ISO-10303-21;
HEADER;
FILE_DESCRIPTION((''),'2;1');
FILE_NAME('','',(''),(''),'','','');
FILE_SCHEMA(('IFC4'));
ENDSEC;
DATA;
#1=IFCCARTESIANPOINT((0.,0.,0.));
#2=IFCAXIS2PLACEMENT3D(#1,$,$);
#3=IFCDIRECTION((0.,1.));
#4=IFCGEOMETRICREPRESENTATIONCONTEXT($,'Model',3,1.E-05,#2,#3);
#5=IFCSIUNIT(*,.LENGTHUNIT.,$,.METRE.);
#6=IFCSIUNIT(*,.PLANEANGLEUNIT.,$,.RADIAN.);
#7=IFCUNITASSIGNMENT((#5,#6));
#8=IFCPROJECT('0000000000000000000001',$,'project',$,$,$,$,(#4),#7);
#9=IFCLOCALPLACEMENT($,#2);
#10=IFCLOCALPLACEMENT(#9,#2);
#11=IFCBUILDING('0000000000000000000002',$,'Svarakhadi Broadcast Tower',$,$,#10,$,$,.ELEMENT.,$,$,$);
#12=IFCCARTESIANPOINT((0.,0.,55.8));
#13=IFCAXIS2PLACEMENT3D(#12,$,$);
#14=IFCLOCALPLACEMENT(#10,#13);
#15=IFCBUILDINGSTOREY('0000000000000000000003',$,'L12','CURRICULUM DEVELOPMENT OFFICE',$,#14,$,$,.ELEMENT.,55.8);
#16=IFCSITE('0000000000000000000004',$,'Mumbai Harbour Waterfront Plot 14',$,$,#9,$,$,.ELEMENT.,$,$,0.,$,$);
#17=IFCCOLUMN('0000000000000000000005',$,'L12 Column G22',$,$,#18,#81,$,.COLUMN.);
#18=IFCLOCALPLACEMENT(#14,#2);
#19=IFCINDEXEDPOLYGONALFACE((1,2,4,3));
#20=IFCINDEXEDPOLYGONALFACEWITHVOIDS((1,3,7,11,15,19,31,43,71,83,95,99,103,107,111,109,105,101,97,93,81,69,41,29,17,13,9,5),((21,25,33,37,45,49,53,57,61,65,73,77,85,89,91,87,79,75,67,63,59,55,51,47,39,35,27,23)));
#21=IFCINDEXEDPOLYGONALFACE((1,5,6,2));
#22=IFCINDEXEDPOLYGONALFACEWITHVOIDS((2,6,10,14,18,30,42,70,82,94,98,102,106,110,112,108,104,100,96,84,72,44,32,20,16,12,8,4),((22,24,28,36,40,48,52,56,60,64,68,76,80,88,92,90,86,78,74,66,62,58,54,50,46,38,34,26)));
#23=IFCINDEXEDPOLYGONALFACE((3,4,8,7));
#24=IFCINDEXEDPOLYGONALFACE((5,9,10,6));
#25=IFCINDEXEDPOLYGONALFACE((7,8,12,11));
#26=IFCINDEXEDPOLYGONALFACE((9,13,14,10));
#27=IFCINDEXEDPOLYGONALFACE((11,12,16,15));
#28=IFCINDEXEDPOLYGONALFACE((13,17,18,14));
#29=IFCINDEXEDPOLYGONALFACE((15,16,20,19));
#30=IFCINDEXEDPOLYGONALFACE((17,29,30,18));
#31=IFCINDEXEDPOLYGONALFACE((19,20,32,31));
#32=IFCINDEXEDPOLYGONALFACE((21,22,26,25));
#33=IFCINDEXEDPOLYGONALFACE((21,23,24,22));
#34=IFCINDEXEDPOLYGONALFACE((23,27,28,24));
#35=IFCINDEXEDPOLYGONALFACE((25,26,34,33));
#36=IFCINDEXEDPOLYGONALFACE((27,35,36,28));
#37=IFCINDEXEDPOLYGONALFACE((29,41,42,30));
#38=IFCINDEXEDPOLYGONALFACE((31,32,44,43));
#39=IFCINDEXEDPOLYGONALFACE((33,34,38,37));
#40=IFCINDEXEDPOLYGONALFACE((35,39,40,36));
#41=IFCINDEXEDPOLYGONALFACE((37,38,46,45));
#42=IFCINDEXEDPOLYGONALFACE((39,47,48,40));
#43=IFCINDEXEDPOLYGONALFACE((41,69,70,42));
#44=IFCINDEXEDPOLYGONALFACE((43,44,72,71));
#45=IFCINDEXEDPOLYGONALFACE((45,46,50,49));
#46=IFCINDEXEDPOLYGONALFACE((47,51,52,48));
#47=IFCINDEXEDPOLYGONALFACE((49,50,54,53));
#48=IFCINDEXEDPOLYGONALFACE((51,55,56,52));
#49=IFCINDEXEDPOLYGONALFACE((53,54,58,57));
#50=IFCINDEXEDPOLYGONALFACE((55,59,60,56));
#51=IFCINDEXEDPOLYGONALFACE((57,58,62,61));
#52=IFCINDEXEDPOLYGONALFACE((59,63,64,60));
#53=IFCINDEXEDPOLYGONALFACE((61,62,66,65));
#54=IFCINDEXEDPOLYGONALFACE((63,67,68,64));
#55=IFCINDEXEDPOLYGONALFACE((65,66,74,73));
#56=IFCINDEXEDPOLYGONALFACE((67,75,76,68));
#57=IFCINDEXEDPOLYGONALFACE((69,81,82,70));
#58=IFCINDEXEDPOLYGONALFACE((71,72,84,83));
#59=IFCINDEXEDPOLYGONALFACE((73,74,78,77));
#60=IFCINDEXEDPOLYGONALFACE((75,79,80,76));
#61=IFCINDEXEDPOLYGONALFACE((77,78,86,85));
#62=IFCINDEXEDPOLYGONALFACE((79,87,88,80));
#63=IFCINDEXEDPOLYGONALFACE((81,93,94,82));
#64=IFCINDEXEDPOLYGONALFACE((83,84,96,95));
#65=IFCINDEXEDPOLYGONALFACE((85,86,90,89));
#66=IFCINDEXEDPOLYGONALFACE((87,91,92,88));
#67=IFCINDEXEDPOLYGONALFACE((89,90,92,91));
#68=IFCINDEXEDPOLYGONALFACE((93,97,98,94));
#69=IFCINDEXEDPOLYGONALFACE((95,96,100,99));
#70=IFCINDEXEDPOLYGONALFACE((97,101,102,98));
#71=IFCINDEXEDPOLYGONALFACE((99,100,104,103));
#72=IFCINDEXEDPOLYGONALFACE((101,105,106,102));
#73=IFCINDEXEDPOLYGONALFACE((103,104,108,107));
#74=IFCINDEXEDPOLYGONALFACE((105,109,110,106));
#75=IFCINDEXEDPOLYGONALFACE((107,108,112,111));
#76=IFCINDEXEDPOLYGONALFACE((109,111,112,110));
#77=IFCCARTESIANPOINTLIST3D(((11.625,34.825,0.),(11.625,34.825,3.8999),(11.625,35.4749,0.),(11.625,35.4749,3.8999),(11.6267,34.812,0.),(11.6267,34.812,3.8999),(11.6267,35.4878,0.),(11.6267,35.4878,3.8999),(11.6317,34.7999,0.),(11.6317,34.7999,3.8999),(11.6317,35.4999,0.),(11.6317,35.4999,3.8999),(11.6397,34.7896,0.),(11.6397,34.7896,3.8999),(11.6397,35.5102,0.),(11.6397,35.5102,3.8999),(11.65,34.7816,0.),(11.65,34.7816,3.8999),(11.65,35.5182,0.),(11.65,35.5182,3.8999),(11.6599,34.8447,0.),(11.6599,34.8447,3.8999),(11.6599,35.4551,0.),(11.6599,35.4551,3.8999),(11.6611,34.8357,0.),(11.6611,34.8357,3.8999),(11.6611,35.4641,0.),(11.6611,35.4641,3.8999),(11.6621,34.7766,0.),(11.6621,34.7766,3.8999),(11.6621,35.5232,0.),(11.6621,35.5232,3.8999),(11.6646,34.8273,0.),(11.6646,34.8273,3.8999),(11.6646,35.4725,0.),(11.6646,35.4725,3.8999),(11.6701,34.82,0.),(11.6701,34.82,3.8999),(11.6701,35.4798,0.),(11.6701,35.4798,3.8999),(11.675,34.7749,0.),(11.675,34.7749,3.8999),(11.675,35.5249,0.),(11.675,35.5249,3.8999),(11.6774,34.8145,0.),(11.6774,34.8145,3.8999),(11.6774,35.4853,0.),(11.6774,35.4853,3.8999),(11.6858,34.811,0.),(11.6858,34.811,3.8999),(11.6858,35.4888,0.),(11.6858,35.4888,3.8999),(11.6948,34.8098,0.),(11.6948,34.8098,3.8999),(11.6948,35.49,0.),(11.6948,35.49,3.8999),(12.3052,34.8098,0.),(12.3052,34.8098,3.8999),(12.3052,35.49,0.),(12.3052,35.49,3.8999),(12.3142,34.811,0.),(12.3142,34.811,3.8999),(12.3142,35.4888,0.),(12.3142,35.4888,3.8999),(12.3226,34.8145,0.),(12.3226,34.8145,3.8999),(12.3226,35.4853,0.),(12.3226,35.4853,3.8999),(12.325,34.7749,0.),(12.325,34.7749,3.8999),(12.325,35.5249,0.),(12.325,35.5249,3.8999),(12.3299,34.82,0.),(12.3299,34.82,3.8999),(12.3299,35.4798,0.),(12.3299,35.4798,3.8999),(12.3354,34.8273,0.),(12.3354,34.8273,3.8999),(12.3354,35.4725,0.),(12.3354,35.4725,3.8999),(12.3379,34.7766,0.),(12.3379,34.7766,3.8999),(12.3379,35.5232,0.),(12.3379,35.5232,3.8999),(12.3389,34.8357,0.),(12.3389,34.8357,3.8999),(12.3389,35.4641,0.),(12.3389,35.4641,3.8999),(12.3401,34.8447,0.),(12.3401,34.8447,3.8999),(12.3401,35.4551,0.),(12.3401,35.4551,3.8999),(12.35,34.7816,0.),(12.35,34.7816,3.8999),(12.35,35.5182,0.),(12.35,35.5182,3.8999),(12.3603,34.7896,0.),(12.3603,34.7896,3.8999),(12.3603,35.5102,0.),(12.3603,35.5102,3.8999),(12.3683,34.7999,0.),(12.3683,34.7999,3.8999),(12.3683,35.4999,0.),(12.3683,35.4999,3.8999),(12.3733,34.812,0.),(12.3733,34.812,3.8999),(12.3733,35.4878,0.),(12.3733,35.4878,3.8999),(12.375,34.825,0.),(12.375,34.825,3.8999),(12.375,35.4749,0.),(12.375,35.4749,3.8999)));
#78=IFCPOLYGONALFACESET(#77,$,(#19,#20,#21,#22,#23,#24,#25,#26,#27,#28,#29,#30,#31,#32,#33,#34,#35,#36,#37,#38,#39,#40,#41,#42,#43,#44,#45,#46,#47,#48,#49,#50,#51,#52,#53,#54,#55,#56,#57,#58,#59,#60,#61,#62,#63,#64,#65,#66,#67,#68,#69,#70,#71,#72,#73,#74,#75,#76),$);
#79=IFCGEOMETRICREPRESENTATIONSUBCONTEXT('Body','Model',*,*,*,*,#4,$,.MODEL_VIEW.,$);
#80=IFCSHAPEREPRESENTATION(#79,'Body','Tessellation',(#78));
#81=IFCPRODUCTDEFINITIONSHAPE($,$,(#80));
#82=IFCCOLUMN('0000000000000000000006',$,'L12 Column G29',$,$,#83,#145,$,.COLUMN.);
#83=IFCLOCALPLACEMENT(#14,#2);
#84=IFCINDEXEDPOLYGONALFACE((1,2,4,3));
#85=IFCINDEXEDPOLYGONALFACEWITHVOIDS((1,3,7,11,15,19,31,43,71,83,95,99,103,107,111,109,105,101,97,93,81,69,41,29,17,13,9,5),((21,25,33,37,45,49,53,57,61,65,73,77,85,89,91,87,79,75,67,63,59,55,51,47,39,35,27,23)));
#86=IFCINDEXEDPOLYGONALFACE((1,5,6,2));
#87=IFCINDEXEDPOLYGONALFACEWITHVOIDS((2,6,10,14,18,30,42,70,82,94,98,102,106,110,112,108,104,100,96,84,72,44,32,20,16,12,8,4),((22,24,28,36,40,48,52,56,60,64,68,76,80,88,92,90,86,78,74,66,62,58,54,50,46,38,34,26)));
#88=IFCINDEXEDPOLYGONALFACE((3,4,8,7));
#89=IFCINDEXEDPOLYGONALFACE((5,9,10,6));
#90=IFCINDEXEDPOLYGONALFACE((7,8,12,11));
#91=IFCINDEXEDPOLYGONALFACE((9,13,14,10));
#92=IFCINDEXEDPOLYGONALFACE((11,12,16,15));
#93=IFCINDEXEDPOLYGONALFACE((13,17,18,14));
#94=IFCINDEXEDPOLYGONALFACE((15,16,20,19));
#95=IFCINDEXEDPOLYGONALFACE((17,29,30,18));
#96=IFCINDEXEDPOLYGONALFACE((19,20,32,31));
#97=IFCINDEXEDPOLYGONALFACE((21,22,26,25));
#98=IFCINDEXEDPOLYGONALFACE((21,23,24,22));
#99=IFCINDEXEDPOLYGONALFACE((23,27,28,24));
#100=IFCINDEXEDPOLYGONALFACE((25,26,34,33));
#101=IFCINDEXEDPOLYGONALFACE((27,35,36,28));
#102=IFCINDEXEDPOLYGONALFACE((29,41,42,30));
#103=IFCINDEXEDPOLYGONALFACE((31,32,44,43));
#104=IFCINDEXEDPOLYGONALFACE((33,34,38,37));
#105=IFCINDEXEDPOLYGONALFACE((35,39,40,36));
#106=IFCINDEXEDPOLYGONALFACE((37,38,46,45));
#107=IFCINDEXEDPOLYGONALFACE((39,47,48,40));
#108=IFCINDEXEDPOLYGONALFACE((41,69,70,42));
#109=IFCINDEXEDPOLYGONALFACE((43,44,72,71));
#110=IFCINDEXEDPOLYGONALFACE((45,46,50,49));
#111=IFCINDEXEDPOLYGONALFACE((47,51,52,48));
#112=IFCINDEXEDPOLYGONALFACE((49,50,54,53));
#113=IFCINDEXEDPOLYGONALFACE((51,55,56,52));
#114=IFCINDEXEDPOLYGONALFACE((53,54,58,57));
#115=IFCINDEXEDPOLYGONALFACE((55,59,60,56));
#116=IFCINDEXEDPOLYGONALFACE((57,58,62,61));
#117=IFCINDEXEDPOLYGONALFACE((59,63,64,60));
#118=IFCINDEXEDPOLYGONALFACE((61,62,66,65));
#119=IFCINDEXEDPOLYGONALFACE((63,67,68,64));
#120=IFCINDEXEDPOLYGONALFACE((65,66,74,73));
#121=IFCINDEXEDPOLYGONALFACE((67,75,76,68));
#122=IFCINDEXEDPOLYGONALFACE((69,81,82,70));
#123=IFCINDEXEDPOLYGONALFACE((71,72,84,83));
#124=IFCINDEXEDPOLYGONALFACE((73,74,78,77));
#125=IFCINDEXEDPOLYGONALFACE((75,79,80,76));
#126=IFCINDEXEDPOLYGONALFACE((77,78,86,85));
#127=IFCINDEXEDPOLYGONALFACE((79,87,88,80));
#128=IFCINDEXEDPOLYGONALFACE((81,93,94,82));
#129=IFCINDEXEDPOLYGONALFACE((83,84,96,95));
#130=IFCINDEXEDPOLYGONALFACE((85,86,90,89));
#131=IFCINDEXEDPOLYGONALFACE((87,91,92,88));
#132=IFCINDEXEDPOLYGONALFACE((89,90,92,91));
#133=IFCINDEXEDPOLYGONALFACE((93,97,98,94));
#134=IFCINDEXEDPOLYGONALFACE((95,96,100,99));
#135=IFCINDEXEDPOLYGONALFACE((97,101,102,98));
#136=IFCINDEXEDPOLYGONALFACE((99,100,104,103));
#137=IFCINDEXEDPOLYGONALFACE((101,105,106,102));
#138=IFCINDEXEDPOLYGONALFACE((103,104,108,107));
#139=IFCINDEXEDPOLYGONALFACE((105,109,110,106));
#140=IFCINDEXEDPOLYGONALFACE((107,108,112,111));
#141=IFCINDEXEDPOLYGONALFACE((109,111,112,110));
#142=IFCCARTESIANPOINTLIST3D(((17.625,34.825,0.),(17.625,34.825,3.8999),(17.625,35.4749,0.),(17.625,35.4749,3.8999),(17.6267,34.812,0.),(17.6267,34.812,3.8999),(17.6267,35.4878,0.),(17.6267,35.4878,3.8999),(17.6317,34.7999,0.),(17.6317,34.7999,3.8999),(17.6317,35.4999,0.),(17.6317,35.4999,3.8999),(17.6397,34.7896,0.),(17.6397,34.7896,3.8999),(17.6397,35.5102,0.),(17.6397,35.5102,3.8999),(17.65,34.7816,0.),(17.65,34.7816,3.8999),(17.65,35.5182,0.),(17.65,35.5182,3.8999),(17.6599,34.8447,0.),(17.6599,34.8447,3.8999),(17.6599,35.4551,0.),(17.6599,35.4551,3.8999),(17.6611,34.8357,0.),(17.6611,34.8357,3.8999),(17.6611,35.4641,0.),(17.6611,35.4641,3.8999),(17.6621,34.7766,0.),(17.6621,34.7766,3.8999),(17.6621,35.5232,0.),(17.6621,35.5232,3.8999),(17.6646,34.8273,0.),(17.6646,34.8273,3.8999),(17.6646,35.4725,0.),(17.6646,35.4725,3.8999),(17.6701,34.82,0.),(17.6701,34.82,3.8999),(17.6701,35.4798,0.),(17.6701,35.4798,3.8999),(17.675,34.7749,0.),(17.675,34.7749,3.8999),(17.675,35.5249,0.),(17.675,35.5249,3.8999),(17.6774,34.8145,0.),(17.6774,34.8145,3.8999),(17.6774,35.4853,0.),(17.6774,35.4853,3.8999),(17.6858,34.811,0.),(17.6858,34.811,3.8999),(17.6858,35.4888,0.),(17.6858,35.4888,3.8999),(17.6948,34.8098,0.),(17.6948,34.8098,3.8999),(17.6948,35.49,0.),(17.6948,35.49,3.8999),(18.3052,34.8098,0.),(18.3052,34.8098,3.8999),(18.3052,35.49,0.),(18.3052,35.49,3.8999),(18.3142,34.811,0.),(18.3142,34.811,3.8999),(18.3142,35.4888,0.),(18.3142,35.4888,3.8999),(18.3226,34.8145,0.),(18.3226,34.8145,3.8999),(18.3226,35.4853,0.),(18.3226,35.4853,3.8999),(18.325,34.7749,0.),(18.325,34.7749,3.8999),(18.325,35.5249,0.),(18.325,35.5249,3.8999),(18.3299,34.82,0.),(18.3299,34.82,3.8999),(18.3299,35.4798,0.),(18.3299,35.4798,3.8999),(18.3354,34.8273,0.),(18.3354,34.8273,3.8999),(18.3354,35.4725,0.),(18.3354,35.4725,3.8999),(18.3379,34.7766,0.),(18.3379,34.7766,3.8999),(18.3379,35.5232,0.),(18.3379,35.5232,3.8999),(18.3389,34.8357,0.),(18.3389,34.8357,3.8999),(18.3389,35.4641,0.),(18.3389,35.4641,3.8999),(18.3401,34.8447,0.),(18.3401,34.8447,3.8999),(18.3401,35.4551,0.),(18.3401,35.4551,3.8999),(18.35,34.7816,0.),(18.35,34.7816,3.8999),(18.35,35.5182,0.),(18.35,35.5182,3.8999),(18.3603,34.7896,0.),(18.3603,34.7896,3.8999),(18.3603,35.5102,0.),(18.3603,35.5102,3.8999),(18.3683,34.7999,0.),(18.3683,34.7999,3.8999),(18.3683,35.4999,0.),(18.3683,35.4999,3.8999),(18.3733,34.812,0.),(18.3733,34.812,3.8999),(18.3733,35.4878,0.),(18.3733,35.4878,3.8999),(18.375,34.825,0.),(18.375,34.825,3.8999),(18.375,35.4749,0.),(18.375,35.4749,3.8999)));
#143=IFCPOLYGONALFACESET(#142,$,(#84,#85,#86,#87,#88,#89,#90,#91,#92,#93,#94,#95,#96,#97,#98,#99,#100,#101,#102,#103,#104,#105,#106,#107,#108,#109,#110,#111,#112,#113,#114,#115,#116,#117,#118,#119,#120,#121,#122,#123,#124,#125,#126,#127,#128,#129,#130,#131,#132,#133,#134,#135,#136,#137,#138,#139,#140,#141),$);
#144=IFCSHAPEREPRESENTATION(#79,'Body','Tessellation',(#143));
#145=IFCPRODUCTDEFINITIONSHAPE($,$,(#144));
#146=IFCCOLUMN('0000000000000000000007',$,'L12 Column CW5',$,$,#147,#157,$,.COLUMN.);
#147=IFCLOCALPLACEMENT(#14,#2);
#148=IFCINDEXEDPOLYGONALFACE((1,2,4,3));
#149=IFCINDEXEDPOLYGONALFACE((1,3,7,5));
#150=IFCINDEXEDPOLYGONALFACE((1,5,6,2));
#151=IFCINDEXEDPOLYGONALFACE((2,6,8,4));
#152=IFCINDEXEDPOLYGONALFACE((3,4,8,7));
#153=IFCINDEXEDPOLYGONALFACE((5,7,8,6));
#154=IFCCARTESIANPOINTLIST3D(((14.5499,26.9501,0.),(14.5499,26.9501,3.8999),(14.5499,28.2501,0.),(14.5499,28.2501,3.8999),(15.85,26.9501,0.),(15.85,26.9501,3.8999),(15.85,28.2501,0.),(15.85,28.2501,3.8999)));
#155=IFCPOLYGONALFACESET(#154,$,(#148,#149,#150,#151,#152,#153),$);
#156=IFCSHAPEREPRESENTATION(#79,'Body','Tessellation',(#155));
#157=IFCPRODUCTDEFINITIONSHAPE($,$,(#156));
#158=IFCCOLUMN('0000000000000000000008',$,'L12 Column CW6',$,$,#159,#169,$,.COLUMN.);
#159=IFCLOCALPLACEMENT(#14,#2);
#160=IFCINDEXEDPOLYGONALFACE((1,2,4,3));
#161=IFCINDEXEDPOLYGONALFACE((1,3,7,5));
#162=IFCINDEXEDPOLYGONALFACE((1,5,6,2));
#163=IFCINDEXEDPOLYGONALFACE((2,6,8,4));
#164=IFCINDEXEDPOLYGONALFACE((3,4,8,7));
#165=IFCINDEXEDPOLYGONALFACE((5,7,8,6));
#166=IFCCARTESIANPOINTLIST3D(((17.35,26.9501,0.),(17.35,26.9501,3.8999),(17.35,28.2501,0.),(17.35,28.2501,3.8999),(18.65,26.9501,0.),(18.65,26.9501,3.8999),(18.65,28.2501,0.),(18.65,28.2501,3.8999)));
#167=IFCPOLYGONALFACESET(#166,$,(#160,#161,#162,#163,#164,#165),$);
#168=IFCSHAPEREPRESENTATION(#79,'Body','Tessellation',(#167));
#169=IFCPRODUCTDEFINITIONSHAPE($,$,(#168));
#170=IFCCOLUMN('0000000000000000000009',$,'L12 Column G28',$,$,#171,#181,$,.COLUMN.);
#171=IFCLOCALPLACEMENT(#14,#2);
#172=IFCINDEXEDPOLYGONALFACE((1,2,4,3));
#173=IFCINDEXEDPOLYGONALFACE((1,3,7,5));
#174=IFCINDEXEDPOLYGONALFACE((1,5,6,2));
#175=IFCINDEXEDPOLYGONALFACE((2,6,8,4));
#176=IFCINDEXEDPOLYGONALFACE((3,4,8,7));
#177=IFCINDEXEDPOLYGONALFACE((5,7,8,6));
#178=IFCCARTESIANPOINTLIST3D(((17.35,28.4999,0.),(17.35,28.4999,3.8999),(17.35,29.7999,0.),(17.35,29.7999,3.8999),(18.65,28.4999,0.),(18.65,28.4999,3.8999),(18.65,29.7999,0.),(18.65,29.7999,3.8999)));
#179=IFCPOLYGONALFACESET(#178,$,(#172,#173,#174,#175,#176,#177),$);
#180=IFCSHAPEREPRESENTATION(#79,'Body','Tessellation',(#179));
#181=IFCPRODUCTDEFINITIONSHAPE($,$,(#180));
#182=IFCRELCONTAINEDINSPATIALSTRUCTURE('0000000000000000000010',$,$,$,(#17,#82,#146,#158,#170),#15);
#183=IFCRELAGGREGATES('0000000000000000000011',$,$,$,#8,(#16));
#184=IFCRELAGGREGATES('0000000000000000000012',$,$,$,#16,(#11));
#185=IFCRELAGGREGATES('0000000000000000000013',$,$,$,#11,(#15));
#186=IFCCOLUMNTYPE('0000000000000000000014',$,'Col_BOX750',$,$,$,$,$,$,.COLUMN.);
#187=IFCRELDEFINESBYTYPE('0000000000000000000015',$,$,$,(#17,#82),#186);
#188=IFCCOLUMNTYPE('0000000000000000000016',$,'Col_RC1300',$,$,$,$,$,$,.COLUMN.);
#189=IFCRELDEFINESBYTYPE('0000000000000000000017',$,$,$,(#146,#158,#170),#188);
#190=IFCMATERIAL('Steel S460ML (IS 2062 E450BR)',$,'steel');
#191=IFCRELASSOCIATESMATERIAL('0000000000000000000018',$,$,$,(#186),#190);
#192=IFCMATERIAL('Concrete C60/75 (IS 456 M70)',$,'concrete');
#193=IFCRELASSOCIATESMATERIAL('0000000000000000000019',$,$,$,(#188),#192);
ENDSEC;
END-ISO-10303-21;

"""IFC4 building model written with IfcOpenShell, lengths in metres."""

from ifc_helpers import new_model, si_unit, direction, frame, origin, origin_2d, place, context, subcontext, project, spatial, rectangle, hollow_rectangle, extrude, material, material_profile, profile_set, type_object, element, save


model = new_model("IFC4")

# Units and contexts
model_context = context("Model", 3, precision=1e-05, world=origin(), true_north=direction((0.0, 1.0)))
body_context = subcontext(model_context, "Body", "Model", "MODEL_VIEW")
ifc_project = project(units=[si_unit("LENGTHUNIT", "METRE"), si_unit("PLANEANGLEUNIT", "RADIAN")], contexts=[model_context])

# Site, building, storey
site_placement = place(None, origin())
site = spatial("IfcSite", under=ifc_project, at=site_placement, Name="Mumbai Harbour Waterfront Plot 14", CompositionType="ELEMENT", RefElevation=0.0)
building_placement = place(site_placement, origin())
building = spatial("IfcBuilding", under=site, at=building_placement, Name="Svarakhadi Broadcast Tower", CompositionType="ELEMENT")
storey_placement = place(building_placement, frame((0.0, 0.0, 55.8)))
storey = spatial("IfcBuildingStorey", under=building, at=storey_placement, Name="L12", Description="CURRICULUM DEVELOPMENT OFFICE", CompositionType="ELEMENT", Elevation=55.8)

# Columns
ifc_material_1 = material(Name="Steel S460ML (IS 2062 E450BR)", Category="steel")
ifc_material_profile_1 = material_profile(ifc_material_1, hollow_rectangle(XDim=0.75, YDim=0.75, WallThickness=0.0349, InnerFilletRadius=0.0349, OuterFilletRadius=0.05, at=origin_2d()), Name="BOX 750x750x35")
ifc_profile_set_1 = profile_set([ifc_material_profile_1], Name="Steel S460ML (IS 2062 E450BR)")
column_type_1 = type_object("IfcColumnType", Name="Col_BOX750", PredefinedType="COLUMN", material=ifc_profile_set_1)
for number, where, z_axis, x_axis, name in (
    (1, (12.0, 35.1499, 0.0), (0.0, 0.0, 1.0), (1.0, 0.0, 0.0), "L12 Column G22"),
    (2, (18.0, 35.1499, 0.0), (0.0, 0.0, 1.0), (1.0, 0.0, 0.0), "L12 Column G29"),
):
    element("IfcColumn", number, at=place(storey_placement, frame(where, z_axis=z_axis, x_axis=x_axis)), inside=storey, type_object=column_type_1, Name=name, PredefinedType="COLUMN", context=body_context, shape_type="SweptSolid", body=[
        extrude(hollow_rectangle(XDim=0.75, YDim=0.75, WallThickness=0.0349, InnerFilletRadius=0.0349, OuterFilletRadius=0.05, at=origin_2d()), origin(), (0.0, 0.0, 1.0), 3.8999),
    ])
ifc_material_2 = material(Name="Concrete C60/75 (IS 456 M70)", Category="concrete")
ifc_material_profile_2 = material_profile(ifc_material_2, rectangle(XDim=1.3, YDim=1.3, at=origin_2d()), Name="RC 1300x1300")
ifc_profile_set_2 = profile_set([ifc_material_profile_2], Name="Concrete C60/75 (IS 456 M70)")
column_type_2 = type_object("IfcColumnType", Name="Col_RC1300", PredefinedType="COLUMN", material=ifc_profile_set_2)
for number, where, z_axis, x_axis, name in (
    (3, (15.2, 27.6001, 0.0), (0.0, 0.0, 1.0), (1.0, 0.0, 0.0), "L12 Column CW5"),
    (4, (18.0, 27.6001, 0.0), (0.0, 0.0, 1.0), (1.0, 0.0, 0.0), "L12 Column CW6"),
    (5, (18.0, 29.1499, 0.0), (0.0, 0.0, 1.0), (1.0, 0.0, 0.0), "L12 Column G28"),
):
    element("IfcColumn", number, at=place(storey_placement, frame(where, z_axis=z_axis, x_axis=x_axis)), inside=storey, type_object=column_type_2, Name=name, PredefinedType="COLUMN", context=body_context, shape_type="SweptSolid", body=[
        extrude(rectangle(XDim=1.3, YDim=1.3, at=origin_2d()), origin(), (0.0, 0.0, 1.0), 3.8999),
    ])

save(model, "model.ifc")
